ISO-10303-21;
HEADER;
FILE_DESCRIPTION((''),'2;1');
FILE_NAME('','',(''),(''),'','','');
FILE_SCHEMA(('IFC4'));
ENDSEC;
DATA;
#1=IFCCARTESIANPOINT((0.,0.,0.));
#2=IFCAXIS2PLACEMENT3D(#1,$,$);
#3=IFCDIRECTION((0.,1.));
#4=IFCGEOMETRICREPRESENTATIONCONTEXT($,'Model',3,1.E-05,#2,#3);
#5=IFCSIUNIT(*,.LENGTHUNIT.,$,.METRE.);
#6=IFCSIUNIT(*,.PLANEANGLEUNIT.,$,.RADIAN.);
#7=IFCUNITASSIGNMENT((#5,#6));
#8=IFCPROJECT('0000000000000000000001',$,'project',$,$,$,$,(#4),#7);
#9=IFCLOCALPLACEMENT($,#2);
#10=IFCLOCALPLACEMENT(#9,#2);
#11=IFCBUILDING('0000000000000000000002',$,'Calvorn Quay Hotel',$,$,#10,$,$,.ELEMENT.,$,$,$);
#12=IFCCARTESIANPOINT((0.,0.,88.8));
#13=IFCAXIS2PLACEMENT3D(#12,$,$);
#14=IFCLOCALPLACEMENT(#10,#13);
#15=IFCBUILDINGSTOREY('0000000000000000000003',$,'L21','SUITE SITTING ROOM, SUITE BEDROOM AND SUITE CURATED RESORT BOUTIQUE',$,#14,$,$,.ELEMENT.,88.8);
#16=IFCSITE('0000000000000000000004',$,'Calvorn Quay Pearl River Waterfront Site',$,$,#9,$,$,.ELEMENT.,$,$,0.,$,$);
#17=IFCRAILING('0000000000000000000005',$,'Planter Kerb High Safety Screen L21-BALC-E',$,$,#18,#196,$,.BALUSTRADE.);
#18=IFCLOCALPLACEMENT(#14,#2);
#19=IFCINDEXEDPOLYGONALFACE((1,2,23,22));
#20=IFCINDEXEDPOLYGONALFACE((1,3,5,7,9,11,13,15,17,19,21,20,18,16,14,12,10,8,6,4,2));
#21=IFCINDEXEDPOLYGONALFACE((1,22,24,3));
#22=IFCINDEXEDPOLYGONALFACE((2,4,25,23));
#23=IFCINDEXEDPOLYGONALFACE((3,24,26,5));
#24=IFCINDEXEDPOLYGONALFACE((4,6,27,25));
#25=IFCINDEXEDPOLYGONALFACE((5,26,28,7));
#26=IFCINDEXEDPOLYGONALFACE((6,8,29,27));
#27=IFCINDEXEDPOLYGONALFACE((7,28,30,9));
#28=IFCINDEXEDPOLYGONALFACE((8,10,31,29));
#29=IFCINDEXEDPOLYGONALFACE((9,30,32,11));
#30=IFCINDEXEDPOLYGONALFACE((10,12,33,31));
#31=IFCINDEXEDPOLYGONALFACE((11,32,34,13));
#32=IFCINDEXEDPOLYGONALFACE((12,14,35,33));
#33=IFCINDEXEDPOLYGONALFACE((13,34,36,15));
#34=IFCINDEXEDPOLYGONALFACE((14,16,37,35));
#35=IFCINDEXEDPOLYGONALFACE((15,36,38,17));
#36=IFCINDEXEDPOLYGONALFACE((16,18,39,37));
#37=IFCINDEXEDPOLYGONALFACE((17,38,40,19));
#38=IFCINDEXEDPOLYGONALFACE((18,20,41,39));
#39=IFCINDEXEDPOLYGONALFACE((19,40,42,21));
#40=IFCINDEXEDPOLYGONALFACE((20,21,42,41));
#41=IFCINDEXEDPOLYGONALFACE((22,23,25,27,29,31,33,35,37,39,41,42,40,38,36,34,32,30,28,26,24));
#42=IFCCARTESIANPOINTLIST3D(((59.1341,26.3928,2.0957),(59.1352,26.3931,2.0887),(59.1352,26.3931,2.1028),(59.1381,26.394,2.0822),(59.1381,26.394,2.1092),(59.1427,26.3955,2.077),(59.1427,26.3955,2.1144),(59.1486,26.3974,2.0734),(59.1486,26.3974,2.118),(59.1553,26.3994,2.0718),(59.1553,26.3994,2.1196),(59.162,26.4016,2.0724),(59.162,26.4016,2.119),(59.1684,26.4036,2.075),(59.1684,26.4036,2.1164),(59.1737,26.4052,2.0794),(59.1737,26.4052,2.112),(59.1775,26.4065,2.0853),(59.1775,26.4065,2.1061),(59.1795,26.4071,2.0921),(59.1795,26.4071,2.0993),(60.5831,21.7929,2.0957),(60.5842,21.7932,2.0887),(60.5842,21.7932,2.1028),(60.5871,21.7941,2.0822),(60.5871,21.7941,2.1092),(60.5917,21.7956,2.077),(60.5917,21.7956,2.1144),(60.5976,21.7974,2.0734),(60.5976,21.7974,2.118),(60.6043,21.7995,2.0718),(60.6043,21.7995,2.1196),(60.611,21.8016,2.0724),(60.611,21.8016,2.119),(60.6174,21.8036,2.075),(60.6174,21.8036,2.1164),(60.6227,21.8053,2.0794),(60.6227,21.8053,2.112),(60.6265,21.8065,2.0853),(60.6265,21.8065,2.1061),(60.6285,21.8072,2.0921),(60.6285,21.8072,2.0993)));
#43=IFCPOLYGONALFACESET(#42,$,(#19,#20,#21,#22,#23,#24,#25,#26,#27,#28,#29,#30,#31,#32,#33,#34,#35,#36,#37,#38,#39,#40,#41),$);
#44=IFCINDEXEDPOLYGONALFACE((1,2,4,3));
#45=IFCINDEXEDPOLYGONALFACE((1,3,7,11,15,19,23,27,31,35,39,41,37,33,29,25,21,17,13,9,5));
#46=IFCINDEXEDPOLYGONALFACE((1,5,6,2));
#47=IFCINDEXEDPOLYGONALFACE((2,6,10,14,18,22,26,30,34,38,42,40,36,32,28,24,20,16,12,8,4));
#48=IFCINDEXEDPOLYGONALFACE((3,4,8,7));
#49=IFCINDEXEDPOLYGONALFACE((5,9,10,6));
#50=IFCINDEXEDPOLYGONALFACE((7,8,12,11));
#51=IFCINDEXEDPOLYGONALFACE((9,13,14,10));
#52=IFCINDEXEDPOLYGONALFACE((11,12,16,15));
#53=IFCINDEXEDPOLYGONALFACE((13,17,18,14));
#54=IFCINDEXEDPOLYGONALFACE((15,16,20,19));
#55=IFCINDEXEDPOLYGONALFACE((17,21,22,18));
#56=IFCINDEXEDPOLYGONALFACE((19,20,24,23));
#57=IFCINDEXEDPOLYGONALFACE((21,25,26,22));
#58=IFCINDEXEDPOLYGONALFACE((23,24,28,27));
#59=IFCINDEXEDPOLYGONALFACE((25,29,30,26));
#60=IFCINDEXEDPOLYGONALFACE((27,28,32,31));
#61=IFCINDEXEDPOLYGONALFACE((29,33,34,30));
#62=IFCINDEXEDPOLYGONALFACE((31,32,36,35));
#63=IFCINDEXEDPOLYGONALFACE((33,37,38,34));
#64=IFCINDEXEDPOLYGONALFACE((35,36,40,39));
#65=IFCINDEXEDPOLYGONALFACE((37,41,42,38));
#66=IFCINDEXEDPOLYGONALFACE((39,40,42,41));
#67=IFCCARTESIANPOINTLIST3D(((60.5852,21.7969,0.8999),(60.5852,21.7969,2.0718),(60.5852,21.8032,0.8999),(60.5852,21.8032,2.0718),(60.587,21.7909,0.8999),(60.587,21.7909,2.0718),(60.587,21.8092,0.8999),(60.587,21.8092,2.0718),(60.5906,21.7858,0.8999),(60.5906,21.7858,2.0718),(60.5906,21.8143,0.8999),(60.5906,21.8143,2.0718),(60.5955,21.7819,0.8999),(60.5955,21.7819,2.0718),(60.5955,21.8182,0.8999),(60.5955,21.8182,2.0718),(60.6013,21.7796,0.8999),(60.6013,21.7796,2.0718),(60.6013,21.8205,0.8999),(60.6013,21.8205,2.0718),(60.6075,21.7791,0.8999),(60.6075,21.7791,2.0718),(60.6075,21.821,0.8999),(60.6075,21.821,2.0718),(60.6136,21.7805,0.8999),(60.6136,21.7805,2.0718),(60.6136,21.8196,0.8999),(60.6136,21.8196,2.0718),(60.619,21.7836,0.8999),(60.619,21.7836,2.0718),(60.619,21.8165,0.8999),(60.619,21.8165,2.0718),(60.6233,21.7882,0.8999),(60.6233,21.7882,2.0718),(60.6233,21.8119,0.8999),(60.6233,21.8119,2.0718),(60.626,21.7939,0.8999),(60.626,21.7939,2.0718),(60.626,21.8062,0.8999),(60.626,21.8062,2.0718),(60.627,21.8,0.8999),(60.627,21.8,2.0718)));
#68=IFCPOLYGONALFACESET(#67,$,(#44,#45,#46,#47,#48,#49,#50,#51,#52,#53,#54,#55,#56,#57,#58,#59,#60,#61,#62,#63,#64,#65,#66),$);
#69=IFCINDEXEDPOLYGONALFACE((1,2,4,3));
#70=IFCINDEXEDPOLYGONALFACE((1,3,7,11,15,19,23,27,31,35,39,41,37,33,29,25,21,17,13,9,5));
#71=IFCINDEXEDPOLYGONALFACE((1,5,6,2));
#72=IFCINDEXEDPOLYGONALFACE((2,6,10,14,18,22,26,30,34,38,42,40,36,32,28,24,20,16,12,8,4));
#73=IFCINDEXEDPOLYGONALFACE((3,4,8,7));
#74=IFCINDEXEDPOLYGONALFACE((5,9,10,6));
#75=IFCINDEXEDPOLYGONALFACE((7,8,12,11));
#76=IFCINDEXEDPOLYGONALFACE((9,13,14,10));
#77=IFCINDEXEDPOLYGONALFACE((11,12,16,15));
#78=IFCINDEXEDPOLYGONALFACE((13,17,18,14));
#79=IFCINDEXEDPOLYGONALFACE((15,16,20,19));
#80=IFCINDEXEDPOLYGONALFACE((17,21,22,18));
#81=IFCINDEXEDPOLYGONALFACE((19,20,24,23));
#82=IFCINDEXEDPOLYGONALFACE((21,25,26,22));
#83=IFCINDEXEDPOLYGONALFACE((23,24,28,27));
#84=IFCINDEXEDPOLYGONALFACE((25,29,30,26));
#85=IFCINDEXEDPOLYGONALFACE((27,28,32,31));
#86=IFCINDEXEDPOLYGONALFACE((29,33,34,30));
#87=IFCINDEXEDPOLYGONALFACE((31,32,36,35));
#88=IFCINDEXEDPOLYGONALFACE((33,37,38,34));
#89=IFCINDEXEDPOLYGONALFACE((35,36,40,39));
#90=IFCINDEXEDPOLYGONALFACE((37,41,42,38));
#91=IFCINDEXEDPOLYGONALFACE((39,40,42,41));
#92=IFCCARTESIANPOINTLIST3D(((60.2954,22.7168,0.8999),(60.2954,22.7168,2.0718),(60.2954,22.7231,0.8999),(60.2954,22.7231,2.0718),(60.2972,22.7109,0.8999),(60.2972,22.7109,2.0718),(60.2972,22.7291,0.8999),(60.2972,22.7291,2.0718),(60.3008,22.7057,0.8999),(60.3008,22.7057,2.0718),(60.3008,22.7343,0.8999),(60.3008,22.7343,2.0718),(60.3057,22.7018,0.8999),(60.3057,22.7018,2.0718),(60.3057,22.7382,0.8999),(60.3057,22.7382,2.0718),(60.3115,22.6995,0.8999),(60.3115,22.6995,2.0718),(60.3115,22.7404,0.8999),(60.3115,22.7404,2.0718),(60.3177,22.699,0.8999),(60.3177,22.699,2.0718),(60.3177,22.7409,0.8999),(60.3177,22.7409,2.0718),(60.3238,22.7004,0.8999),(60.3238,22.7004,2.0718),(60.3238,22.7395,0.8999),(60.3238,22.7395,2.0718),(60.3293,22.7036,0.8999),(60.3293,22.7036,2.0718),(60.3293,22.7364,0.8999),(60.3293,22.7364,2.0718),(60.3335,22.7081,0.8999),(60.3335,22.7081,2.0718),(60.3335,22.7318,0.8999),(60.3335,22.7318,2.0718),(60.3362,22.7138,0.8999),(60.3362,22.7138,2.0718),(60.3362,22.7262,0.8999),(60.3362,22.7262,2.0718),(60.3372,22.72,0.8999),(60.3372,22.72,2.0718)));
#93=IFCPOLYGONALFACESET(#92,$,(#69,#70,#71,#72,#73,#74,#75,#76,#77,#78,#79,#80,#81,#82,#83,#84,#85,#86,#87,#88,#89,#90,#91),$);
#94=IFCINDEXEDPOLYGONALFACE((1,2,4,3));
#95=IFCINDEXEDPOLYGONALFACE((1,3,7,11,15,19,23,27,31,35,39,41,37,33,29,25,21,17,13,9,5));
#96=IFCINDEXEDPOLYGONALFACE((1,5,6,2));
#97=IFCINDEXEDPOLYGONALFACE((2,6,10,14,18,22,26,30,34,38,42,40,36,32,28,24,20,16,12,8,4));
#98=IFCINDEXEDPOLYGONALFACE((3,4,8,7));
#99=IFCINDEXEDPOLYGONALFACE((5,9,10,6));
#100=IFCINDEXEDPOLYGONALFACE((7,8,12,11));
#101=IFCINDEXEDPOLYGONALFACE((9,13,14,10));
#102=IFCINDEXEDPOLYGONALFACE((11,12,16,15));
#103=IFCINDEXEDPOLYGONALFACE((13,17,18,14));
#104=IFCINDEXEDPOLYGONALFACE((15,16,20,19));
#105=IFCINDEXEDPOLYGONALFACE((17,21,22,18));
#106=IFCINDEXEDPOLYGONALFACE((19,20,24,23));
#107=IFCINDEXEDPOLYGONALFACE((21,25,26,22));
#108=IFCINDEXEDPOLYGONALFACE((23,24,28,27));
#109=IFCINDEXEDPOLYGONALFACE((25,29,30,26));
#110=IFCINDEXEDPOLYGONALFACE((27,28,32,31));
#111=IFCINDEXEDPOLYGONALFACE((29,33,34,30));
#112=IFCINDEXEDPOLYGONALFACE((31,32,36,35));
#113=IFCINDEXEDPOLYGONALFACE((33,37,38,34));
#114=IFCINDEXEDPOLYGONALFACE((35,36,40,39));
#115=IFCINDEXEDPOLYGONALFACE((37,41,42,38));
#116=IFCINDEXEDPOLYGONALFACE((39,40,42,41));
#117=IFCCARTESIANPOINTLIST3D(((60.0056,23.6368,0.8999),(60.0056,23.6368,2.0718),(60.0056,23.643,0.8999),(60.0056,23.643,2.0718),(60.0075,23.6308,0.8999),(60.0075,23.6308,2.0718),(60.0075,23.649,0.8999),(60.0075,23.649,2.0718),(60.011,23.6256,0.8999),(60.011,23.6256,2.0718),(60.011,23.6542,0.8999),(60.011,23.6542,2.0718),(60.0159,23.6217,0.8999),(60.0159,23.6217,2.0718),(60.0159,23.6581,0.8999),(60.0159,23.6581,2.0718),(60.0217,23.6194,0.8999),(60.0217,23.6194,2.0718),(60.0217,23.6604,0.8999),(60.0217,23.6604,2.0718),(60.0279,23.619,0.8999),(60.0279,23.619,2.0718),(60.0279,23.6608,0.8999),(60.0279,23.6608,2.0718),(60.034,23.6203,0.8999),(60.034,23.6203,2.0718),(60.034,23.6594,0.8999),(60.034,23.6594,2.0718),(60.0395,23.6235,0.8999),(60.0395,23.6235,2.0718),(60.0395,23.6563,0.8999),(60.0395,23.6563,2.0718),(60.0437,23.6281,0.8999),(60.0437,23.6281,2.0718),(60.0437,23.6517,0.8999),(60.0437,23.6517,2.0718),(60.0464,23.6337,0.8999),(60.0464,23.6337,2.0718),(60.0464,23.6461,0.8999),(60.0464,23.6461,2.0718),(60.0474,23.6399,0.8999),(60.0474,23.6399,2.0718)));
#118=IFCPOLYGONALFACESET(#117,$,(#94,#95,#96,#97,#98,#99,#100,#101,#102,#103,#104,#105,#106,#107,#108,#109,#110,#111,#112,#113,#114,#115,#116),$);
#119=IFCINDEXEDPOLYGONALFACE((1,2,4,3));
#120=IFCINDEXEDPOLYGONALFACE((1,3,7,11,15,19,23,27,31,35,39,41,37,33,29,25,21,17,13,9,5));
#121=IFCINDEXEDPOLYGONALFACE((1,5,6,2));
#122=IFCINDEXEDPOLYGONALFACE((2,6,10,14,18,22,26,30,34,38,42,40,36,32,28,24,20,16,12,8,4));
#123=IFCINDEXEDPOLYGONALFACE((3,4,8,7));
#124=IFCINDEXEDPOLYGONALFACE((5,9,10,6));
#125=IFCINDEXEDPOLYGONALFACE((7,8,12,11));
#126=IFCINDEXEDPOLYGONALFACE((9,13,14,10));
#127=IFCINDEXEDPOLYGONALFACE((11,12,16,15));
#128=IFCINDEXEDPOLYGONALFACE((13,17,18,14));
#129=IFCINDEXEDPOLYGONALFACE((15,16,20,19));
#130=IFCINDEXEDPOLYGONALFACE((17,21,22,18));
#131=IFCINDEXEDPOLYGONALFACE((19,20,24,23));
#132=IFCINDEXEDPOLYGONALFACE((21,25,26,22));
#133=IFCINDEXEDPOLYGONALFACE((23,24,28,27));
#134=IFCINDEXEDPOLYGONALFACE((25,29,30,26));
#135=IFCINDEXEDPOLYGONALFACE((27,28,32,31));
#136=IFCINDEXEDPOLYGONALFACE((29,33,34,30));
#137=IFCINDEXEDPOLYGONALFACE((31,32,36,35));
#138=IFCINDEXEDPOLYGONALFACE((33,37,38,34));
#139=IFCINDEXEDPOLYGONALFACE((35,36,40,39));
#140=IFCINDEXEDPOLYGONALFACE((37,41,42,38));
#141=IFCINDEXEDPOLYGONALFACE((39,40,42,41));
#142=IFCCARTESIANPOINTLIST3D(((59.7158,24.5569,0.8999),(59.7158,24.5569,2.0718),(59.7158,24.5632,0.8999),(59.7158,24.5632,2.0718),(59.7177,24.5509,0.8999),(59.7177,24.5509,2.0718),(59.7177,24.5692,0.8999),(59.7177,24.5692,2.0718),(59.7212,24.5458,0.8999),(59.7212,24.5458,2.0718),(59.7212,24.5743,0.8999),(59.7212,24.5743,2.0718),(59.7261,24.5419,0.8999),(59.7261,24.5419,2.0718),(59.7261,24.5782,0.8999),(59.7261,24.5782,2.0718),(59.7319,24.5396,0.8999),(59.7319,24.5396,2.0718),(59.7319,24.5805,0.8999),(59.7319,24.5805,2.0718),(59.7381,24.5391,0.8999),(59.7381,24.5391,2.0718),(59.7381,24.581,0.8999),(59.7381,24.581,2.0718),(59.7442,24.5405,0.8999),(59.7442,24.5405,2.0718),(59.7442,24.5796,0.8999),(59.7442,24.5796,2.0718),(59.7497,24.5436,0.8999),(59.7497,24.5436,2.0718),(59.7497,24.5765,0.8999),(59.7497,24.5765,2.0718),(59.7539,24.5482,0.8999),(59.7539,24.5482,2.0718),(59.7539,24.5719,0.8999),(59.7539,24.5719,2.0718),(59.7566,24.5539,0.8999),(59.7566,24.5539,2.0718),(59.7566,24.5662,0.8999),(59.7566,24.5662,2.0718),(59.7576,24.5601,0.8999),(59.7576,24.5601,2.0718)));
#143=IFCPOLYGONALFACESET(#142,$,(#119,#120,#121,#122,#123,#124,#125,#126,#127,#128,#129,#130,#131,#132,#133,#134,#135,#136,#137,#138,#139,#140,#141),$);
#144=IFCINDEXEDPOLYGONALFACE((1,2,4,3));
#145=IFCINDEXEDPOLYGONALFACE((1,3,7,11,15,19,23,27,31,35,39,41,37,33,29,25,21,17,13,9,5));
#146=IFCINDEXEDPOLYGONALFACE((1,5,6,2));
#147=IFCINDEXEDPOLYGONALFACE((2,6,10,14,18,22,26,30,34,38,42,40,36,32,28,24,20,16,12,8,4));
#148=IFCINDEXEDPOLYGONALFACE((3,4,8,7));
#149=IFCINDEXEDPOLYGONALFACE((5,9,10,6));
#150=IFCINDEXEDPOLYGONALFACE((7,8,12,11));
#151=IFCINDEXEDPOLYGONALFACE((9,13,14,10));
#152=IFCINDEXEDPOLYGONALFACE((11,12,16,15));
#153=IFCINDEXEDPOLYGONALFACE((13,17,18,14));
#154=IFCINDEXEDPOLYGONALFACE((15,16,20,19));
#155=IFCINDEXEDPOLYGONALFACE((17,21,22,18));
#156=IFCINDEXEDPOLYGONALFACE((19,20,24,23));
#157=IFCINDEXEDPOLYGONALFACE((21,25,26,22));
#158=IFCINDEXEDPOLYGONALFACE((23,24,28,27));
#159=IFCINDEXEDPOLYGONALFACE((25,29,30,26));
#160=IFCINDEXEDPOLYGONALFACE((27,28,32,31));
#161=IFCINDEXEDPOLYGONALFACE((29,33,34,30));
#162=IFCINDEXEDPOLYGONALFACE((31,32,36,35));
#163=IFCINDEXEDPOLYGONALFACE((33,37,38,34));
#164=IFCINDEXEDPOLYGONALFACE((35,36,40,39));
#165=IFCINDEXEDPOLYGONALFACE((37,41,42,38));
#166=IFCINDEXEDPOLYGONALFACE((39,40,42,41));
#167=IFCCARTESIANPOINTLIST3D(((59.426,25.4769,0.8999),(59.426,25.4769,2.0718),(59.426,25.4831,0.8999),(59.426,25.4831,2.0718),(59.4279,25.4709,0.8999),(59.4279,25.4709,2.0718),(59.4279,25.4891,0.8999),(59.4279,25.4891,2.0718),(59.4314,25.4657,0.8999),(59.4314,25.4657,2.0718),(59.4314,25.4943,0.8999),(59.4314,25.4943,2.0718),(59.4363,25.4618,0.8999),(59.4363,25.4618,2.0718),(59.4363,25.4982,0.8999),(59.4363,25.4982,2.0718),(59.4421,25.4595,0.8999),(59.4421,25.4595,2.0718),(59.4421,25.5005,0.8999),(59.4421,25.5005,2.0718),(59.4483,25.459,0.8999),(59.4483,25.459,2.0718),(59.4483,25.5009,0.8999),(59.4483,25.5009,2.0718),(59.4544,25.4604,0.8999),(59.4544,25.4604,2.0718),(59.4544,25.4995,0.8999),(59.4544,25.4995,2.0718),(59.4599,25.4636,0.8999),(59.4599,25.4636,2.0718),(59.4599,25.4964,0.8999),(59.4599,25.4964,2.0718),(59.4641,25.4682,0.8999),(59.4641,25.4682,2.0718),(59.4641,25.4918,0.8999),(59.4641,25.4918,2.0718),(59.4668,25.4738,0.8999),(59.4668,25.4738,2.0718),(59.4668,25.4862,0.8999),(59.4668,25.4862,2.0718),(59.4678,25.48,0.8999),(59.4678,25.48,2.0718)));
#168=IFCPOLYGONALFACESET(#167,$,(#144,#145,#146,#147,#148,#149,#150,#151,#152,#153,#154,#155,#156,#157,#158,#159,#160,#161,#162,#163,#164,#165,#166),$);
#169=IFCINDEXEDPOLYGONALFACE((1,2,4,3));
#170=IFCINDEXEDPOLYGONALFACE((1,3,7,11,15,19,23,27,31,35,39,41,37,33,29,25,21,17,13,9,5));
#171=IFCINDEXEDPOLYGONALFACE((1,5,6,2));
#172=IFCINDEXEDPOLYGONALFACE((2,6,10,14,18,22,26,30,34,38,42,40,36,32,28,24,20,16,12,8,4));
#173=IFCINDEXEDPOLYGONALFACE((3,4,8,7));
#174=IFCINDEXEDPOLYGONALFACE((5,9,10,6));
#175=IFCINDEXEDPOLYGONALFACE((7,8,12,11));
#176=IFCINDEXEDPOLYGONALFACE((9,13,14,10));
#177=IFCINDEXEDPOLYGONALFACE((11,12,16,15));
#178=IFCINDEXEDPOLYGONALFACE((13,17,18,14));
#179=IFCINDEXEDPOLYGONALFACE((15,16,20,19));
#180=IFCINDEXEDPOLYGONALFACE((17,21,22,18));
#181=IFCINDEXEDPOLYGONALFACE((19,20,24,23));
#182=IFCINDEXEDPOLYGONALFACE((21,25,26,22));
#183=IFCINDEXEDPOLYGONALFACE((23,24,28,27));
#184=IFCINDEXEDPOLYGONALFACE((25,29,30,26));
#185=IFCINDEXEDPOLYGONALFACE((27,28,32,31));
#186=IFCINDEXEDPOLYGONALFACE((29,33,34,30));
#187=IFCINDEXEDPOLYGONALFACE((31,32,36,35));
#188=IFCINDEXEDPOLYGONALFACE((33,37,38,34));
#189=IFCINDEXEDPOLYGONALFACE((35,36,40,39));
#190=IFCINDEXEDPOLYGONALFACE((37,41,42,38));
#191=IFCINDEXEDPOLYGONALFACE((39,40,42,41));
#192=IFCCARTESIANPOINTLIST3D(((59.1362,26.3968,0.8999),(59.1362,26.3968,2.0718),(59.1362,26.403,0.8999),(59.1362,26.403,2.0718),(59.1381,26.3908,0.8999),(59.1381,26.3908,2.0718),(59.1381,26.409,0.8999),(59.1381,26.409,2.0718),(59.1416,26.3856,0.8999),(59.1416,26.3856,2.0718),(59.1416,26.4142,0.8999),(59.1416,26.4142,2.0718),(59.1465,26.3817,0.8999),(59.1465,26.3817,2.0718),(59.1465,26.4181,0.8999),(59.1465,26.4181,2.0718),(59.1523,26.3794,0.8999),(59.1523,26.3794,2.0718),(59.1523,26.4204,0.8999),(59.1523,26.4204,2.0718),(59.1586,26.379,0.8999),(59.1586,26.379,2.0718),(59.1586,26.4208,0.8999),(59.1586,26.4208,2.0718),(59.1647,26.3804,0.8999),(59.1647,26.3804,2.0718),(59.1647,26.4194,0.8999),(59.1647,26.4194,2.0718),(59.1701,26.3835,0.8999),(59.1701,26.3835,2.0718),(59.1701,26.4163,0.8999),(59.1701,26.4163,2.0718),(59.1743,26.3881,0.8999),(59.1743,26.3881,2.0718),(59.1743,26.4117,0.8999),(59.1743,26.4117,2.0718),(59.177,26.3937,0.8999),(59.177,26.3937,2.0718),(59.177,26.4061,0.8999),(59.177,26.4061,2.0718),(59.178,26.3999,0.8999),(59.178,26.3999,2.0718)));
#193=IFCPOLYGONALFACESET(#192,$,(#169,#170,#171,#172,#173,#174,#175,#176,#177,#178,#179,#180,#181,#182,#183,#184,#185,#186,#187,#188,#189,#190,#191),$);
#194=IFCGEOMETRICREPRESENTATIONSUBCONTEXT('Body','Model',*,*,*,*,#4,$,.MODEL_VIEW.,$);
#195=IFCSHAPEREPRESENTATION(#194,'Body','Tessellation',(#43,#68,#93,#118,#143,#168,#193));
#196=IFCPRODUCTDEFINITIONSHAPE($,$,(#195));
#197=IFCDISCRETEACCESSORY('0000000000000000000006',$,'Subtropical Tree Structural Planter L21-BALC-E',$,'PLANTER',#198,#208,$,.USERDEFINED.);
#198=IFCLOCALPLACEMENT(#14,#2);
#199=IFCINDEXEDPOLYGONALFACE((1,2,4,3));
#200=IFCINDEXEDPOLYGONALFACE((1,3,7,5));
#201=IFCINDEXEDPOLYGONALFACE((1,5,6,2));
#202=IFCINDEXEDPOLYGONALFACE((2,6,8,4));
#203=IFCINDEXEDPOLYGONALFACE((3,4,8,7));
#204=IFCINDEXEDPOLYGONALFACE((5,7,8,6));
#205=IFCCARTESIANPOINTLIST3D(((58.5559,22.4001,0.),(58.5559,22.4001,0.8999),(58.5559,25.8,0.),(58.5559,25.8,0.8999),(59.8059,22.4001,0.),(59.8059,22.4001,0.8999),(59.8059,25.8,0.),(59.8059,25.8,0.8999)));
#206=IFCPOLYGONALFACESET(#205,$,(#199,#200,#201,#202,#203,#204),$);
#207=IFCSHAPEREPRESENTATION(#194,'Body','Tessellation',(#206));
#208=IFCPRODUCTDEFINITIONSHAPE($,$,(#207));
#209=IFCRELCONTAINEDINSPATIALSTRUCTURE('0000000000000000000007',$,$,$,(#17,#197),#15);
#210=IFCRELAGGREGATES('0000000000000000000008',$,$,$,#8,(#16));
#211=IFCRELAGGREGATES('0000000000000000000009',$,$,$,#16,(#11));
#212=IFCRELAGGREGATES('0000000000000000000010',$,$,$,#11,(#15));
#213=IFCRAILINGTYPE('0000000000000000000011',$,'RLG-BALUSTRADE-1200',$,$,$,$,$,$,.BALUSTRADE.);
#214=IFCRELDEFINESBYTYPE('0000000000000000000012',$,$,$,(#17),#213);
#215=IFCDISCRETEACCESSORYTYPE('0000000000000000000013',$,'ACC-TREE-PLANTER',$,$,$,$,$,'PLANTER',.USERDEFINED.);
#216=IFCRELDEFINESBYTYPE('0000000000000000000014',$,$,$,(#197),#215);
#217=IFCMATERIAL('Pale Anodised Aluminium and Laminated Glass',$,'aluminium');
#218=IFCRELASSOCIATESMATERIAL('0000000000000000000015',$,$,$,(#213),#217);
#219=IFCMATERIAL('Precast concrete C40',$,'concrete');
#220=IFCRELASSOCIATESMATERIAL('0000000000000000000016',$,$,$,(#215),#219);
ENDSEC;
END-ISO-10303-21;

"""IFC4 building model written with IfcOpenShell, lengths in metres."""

from ifc_helpers import new_model, si_unit, direction, frame, origin, origin_2d, place, context, subcontext, project, spatial, rectangle, circle, extrude, material, type_object, element, save


model = new_model("IFC4")

# Units and contexts
model_context = context("Model", 3, precision=1e-05, world=origin(), true_north=direction((0.0, 1.0)))
body_context = subcontext(model_context, "Body", "Model", "MODEL_VIEW")
ifc_project = project(units=[si_unit("LENGTHUNIT", "METRE"), si_unit("PLANEANGLEUNIT", "RADIAN")], contexts=[model_context])

# Site, building, storey
site_placement = place(None, origin())
site = spatial("IfcSite", under=ifc_project, at=site_placement, Name="Calvorn Quay Pearl River Waterfront Site", CompositionType="ELEMENT", RefElevation=0.0)
building_placement = place(site_placement, origin())
building = spatial("IfcBuilding", under=site, at=building_placement, Name="Calvorn Quay Hotel", CompositionType="ELEMENT")
storey_placement = place(building_placement, frame((0.0, 0.0, 88.8)))
storey = spatial("IfcBuildingStorey", under=building, at=storey_placement, Name="L21", Description="SUITE SITTING ROOM, SUITE BEDROOM AND SUITE CURATED RESORT BOUTIQUE", CompositionType="ELEMENT", Elevation=88.8)

# Railing
ifc_material_1 = material(Name="Pale Anodised Aluminium and Laminated Glass", Category="aluminium")
railing_type = type_object("IfcRailingType", Name="RLG-BALUSTRADE-1200", PredefinedType="BALUSTRADE", material=ifc_material_1)
railing_1_placement = place(storey_placement, frame((60.606, 21.8, 0.8999)))
element("IfcRailing", 1, at=railing_1_placement, inside=storey, type_object=railing_type, Name="Planter Kerb High Safety Screen L21-BALC-E", PredefinedType="BALUSTRADE", context=body_context, shape_type="SweptSolid", body=[
    extrude(circle(Radius=0.0239, at=origin_2d()), frame((0.0, 0.0, 1.1958), z_axis=(-0.30045, 0.953797, 0.0), x_axis=(-0.953797, -0.30045, 0.0)), (0.0, 0.0, 1.0), 4.8228),
    extrude(circle(Radius=0.021, at=origin_2d()), origin(), (0.0, 0.0, 1.0), 1.1719),
    extrude(circle(Radius=0.021, at=origin_2d()), frame((-0.2898, 0.9199, 0.0)), (0.0, 0.0, 1.0), 1.1719),
    extrude(circle(Radius=0.021, at=origin_2d()), frame((-0.5796, 1.8398, 0.0)), (0.0, 0.0, 1.0), 1.1719),
    extrude(circle(Radius=0.021, at=origin_2d()), frame((-0.8694, 2.76, 0.0)), (0.0, 0.0, 1.0), 1.1719),
    extrude(circle(Radius=0.021, at=origin_2d()), frame((-1.1592, 3.6799, 0.0)), (0.0, 0.0, 1.0), 1.1719),
    extrude(circle(Radius=0.021, at=origin_2d()), frame((-1.449, 4.5999, 0.0)), (0.0, 0.0, 1.0), 1.1719),
])

# Discrete accessory
ifc_material_2 = material(Name="Precast concrete C40", Category="concrete")
discrete_accessory_type = type_object("IfcDiscreteAccessoryType", Name="ACC-TREE-PLANTER", ElementType="PLANTER", PredefinedType="USERDEFINED", material=ifc_material_2)
discrete_accessory_placement = place(storey_placement, frame((59.1809, 24.1001, 0.0), z_axis=(0.0, 0.0, 1.0), x_axis=(1.0, 0.0, 0.0)))
element("IfcDiscreteAccessory", 2, at=discrete_accessory_placement, inside=storey, type_object=discrete_accessory_type, Name="Subtropical Tree Structural Planter L21-BALC-E", ObjectType="PLANTER", PredefinedType="USERDEFINED", context=body_context, shape_type="SweptSolid", body=[
    extrude(rectangle(XDim=1.25, YDim=3.3999, at=origin_2d()), origin(), (0.0, 0.0, 1.0), 0.8999),
])

save(model, "model.ifc")
